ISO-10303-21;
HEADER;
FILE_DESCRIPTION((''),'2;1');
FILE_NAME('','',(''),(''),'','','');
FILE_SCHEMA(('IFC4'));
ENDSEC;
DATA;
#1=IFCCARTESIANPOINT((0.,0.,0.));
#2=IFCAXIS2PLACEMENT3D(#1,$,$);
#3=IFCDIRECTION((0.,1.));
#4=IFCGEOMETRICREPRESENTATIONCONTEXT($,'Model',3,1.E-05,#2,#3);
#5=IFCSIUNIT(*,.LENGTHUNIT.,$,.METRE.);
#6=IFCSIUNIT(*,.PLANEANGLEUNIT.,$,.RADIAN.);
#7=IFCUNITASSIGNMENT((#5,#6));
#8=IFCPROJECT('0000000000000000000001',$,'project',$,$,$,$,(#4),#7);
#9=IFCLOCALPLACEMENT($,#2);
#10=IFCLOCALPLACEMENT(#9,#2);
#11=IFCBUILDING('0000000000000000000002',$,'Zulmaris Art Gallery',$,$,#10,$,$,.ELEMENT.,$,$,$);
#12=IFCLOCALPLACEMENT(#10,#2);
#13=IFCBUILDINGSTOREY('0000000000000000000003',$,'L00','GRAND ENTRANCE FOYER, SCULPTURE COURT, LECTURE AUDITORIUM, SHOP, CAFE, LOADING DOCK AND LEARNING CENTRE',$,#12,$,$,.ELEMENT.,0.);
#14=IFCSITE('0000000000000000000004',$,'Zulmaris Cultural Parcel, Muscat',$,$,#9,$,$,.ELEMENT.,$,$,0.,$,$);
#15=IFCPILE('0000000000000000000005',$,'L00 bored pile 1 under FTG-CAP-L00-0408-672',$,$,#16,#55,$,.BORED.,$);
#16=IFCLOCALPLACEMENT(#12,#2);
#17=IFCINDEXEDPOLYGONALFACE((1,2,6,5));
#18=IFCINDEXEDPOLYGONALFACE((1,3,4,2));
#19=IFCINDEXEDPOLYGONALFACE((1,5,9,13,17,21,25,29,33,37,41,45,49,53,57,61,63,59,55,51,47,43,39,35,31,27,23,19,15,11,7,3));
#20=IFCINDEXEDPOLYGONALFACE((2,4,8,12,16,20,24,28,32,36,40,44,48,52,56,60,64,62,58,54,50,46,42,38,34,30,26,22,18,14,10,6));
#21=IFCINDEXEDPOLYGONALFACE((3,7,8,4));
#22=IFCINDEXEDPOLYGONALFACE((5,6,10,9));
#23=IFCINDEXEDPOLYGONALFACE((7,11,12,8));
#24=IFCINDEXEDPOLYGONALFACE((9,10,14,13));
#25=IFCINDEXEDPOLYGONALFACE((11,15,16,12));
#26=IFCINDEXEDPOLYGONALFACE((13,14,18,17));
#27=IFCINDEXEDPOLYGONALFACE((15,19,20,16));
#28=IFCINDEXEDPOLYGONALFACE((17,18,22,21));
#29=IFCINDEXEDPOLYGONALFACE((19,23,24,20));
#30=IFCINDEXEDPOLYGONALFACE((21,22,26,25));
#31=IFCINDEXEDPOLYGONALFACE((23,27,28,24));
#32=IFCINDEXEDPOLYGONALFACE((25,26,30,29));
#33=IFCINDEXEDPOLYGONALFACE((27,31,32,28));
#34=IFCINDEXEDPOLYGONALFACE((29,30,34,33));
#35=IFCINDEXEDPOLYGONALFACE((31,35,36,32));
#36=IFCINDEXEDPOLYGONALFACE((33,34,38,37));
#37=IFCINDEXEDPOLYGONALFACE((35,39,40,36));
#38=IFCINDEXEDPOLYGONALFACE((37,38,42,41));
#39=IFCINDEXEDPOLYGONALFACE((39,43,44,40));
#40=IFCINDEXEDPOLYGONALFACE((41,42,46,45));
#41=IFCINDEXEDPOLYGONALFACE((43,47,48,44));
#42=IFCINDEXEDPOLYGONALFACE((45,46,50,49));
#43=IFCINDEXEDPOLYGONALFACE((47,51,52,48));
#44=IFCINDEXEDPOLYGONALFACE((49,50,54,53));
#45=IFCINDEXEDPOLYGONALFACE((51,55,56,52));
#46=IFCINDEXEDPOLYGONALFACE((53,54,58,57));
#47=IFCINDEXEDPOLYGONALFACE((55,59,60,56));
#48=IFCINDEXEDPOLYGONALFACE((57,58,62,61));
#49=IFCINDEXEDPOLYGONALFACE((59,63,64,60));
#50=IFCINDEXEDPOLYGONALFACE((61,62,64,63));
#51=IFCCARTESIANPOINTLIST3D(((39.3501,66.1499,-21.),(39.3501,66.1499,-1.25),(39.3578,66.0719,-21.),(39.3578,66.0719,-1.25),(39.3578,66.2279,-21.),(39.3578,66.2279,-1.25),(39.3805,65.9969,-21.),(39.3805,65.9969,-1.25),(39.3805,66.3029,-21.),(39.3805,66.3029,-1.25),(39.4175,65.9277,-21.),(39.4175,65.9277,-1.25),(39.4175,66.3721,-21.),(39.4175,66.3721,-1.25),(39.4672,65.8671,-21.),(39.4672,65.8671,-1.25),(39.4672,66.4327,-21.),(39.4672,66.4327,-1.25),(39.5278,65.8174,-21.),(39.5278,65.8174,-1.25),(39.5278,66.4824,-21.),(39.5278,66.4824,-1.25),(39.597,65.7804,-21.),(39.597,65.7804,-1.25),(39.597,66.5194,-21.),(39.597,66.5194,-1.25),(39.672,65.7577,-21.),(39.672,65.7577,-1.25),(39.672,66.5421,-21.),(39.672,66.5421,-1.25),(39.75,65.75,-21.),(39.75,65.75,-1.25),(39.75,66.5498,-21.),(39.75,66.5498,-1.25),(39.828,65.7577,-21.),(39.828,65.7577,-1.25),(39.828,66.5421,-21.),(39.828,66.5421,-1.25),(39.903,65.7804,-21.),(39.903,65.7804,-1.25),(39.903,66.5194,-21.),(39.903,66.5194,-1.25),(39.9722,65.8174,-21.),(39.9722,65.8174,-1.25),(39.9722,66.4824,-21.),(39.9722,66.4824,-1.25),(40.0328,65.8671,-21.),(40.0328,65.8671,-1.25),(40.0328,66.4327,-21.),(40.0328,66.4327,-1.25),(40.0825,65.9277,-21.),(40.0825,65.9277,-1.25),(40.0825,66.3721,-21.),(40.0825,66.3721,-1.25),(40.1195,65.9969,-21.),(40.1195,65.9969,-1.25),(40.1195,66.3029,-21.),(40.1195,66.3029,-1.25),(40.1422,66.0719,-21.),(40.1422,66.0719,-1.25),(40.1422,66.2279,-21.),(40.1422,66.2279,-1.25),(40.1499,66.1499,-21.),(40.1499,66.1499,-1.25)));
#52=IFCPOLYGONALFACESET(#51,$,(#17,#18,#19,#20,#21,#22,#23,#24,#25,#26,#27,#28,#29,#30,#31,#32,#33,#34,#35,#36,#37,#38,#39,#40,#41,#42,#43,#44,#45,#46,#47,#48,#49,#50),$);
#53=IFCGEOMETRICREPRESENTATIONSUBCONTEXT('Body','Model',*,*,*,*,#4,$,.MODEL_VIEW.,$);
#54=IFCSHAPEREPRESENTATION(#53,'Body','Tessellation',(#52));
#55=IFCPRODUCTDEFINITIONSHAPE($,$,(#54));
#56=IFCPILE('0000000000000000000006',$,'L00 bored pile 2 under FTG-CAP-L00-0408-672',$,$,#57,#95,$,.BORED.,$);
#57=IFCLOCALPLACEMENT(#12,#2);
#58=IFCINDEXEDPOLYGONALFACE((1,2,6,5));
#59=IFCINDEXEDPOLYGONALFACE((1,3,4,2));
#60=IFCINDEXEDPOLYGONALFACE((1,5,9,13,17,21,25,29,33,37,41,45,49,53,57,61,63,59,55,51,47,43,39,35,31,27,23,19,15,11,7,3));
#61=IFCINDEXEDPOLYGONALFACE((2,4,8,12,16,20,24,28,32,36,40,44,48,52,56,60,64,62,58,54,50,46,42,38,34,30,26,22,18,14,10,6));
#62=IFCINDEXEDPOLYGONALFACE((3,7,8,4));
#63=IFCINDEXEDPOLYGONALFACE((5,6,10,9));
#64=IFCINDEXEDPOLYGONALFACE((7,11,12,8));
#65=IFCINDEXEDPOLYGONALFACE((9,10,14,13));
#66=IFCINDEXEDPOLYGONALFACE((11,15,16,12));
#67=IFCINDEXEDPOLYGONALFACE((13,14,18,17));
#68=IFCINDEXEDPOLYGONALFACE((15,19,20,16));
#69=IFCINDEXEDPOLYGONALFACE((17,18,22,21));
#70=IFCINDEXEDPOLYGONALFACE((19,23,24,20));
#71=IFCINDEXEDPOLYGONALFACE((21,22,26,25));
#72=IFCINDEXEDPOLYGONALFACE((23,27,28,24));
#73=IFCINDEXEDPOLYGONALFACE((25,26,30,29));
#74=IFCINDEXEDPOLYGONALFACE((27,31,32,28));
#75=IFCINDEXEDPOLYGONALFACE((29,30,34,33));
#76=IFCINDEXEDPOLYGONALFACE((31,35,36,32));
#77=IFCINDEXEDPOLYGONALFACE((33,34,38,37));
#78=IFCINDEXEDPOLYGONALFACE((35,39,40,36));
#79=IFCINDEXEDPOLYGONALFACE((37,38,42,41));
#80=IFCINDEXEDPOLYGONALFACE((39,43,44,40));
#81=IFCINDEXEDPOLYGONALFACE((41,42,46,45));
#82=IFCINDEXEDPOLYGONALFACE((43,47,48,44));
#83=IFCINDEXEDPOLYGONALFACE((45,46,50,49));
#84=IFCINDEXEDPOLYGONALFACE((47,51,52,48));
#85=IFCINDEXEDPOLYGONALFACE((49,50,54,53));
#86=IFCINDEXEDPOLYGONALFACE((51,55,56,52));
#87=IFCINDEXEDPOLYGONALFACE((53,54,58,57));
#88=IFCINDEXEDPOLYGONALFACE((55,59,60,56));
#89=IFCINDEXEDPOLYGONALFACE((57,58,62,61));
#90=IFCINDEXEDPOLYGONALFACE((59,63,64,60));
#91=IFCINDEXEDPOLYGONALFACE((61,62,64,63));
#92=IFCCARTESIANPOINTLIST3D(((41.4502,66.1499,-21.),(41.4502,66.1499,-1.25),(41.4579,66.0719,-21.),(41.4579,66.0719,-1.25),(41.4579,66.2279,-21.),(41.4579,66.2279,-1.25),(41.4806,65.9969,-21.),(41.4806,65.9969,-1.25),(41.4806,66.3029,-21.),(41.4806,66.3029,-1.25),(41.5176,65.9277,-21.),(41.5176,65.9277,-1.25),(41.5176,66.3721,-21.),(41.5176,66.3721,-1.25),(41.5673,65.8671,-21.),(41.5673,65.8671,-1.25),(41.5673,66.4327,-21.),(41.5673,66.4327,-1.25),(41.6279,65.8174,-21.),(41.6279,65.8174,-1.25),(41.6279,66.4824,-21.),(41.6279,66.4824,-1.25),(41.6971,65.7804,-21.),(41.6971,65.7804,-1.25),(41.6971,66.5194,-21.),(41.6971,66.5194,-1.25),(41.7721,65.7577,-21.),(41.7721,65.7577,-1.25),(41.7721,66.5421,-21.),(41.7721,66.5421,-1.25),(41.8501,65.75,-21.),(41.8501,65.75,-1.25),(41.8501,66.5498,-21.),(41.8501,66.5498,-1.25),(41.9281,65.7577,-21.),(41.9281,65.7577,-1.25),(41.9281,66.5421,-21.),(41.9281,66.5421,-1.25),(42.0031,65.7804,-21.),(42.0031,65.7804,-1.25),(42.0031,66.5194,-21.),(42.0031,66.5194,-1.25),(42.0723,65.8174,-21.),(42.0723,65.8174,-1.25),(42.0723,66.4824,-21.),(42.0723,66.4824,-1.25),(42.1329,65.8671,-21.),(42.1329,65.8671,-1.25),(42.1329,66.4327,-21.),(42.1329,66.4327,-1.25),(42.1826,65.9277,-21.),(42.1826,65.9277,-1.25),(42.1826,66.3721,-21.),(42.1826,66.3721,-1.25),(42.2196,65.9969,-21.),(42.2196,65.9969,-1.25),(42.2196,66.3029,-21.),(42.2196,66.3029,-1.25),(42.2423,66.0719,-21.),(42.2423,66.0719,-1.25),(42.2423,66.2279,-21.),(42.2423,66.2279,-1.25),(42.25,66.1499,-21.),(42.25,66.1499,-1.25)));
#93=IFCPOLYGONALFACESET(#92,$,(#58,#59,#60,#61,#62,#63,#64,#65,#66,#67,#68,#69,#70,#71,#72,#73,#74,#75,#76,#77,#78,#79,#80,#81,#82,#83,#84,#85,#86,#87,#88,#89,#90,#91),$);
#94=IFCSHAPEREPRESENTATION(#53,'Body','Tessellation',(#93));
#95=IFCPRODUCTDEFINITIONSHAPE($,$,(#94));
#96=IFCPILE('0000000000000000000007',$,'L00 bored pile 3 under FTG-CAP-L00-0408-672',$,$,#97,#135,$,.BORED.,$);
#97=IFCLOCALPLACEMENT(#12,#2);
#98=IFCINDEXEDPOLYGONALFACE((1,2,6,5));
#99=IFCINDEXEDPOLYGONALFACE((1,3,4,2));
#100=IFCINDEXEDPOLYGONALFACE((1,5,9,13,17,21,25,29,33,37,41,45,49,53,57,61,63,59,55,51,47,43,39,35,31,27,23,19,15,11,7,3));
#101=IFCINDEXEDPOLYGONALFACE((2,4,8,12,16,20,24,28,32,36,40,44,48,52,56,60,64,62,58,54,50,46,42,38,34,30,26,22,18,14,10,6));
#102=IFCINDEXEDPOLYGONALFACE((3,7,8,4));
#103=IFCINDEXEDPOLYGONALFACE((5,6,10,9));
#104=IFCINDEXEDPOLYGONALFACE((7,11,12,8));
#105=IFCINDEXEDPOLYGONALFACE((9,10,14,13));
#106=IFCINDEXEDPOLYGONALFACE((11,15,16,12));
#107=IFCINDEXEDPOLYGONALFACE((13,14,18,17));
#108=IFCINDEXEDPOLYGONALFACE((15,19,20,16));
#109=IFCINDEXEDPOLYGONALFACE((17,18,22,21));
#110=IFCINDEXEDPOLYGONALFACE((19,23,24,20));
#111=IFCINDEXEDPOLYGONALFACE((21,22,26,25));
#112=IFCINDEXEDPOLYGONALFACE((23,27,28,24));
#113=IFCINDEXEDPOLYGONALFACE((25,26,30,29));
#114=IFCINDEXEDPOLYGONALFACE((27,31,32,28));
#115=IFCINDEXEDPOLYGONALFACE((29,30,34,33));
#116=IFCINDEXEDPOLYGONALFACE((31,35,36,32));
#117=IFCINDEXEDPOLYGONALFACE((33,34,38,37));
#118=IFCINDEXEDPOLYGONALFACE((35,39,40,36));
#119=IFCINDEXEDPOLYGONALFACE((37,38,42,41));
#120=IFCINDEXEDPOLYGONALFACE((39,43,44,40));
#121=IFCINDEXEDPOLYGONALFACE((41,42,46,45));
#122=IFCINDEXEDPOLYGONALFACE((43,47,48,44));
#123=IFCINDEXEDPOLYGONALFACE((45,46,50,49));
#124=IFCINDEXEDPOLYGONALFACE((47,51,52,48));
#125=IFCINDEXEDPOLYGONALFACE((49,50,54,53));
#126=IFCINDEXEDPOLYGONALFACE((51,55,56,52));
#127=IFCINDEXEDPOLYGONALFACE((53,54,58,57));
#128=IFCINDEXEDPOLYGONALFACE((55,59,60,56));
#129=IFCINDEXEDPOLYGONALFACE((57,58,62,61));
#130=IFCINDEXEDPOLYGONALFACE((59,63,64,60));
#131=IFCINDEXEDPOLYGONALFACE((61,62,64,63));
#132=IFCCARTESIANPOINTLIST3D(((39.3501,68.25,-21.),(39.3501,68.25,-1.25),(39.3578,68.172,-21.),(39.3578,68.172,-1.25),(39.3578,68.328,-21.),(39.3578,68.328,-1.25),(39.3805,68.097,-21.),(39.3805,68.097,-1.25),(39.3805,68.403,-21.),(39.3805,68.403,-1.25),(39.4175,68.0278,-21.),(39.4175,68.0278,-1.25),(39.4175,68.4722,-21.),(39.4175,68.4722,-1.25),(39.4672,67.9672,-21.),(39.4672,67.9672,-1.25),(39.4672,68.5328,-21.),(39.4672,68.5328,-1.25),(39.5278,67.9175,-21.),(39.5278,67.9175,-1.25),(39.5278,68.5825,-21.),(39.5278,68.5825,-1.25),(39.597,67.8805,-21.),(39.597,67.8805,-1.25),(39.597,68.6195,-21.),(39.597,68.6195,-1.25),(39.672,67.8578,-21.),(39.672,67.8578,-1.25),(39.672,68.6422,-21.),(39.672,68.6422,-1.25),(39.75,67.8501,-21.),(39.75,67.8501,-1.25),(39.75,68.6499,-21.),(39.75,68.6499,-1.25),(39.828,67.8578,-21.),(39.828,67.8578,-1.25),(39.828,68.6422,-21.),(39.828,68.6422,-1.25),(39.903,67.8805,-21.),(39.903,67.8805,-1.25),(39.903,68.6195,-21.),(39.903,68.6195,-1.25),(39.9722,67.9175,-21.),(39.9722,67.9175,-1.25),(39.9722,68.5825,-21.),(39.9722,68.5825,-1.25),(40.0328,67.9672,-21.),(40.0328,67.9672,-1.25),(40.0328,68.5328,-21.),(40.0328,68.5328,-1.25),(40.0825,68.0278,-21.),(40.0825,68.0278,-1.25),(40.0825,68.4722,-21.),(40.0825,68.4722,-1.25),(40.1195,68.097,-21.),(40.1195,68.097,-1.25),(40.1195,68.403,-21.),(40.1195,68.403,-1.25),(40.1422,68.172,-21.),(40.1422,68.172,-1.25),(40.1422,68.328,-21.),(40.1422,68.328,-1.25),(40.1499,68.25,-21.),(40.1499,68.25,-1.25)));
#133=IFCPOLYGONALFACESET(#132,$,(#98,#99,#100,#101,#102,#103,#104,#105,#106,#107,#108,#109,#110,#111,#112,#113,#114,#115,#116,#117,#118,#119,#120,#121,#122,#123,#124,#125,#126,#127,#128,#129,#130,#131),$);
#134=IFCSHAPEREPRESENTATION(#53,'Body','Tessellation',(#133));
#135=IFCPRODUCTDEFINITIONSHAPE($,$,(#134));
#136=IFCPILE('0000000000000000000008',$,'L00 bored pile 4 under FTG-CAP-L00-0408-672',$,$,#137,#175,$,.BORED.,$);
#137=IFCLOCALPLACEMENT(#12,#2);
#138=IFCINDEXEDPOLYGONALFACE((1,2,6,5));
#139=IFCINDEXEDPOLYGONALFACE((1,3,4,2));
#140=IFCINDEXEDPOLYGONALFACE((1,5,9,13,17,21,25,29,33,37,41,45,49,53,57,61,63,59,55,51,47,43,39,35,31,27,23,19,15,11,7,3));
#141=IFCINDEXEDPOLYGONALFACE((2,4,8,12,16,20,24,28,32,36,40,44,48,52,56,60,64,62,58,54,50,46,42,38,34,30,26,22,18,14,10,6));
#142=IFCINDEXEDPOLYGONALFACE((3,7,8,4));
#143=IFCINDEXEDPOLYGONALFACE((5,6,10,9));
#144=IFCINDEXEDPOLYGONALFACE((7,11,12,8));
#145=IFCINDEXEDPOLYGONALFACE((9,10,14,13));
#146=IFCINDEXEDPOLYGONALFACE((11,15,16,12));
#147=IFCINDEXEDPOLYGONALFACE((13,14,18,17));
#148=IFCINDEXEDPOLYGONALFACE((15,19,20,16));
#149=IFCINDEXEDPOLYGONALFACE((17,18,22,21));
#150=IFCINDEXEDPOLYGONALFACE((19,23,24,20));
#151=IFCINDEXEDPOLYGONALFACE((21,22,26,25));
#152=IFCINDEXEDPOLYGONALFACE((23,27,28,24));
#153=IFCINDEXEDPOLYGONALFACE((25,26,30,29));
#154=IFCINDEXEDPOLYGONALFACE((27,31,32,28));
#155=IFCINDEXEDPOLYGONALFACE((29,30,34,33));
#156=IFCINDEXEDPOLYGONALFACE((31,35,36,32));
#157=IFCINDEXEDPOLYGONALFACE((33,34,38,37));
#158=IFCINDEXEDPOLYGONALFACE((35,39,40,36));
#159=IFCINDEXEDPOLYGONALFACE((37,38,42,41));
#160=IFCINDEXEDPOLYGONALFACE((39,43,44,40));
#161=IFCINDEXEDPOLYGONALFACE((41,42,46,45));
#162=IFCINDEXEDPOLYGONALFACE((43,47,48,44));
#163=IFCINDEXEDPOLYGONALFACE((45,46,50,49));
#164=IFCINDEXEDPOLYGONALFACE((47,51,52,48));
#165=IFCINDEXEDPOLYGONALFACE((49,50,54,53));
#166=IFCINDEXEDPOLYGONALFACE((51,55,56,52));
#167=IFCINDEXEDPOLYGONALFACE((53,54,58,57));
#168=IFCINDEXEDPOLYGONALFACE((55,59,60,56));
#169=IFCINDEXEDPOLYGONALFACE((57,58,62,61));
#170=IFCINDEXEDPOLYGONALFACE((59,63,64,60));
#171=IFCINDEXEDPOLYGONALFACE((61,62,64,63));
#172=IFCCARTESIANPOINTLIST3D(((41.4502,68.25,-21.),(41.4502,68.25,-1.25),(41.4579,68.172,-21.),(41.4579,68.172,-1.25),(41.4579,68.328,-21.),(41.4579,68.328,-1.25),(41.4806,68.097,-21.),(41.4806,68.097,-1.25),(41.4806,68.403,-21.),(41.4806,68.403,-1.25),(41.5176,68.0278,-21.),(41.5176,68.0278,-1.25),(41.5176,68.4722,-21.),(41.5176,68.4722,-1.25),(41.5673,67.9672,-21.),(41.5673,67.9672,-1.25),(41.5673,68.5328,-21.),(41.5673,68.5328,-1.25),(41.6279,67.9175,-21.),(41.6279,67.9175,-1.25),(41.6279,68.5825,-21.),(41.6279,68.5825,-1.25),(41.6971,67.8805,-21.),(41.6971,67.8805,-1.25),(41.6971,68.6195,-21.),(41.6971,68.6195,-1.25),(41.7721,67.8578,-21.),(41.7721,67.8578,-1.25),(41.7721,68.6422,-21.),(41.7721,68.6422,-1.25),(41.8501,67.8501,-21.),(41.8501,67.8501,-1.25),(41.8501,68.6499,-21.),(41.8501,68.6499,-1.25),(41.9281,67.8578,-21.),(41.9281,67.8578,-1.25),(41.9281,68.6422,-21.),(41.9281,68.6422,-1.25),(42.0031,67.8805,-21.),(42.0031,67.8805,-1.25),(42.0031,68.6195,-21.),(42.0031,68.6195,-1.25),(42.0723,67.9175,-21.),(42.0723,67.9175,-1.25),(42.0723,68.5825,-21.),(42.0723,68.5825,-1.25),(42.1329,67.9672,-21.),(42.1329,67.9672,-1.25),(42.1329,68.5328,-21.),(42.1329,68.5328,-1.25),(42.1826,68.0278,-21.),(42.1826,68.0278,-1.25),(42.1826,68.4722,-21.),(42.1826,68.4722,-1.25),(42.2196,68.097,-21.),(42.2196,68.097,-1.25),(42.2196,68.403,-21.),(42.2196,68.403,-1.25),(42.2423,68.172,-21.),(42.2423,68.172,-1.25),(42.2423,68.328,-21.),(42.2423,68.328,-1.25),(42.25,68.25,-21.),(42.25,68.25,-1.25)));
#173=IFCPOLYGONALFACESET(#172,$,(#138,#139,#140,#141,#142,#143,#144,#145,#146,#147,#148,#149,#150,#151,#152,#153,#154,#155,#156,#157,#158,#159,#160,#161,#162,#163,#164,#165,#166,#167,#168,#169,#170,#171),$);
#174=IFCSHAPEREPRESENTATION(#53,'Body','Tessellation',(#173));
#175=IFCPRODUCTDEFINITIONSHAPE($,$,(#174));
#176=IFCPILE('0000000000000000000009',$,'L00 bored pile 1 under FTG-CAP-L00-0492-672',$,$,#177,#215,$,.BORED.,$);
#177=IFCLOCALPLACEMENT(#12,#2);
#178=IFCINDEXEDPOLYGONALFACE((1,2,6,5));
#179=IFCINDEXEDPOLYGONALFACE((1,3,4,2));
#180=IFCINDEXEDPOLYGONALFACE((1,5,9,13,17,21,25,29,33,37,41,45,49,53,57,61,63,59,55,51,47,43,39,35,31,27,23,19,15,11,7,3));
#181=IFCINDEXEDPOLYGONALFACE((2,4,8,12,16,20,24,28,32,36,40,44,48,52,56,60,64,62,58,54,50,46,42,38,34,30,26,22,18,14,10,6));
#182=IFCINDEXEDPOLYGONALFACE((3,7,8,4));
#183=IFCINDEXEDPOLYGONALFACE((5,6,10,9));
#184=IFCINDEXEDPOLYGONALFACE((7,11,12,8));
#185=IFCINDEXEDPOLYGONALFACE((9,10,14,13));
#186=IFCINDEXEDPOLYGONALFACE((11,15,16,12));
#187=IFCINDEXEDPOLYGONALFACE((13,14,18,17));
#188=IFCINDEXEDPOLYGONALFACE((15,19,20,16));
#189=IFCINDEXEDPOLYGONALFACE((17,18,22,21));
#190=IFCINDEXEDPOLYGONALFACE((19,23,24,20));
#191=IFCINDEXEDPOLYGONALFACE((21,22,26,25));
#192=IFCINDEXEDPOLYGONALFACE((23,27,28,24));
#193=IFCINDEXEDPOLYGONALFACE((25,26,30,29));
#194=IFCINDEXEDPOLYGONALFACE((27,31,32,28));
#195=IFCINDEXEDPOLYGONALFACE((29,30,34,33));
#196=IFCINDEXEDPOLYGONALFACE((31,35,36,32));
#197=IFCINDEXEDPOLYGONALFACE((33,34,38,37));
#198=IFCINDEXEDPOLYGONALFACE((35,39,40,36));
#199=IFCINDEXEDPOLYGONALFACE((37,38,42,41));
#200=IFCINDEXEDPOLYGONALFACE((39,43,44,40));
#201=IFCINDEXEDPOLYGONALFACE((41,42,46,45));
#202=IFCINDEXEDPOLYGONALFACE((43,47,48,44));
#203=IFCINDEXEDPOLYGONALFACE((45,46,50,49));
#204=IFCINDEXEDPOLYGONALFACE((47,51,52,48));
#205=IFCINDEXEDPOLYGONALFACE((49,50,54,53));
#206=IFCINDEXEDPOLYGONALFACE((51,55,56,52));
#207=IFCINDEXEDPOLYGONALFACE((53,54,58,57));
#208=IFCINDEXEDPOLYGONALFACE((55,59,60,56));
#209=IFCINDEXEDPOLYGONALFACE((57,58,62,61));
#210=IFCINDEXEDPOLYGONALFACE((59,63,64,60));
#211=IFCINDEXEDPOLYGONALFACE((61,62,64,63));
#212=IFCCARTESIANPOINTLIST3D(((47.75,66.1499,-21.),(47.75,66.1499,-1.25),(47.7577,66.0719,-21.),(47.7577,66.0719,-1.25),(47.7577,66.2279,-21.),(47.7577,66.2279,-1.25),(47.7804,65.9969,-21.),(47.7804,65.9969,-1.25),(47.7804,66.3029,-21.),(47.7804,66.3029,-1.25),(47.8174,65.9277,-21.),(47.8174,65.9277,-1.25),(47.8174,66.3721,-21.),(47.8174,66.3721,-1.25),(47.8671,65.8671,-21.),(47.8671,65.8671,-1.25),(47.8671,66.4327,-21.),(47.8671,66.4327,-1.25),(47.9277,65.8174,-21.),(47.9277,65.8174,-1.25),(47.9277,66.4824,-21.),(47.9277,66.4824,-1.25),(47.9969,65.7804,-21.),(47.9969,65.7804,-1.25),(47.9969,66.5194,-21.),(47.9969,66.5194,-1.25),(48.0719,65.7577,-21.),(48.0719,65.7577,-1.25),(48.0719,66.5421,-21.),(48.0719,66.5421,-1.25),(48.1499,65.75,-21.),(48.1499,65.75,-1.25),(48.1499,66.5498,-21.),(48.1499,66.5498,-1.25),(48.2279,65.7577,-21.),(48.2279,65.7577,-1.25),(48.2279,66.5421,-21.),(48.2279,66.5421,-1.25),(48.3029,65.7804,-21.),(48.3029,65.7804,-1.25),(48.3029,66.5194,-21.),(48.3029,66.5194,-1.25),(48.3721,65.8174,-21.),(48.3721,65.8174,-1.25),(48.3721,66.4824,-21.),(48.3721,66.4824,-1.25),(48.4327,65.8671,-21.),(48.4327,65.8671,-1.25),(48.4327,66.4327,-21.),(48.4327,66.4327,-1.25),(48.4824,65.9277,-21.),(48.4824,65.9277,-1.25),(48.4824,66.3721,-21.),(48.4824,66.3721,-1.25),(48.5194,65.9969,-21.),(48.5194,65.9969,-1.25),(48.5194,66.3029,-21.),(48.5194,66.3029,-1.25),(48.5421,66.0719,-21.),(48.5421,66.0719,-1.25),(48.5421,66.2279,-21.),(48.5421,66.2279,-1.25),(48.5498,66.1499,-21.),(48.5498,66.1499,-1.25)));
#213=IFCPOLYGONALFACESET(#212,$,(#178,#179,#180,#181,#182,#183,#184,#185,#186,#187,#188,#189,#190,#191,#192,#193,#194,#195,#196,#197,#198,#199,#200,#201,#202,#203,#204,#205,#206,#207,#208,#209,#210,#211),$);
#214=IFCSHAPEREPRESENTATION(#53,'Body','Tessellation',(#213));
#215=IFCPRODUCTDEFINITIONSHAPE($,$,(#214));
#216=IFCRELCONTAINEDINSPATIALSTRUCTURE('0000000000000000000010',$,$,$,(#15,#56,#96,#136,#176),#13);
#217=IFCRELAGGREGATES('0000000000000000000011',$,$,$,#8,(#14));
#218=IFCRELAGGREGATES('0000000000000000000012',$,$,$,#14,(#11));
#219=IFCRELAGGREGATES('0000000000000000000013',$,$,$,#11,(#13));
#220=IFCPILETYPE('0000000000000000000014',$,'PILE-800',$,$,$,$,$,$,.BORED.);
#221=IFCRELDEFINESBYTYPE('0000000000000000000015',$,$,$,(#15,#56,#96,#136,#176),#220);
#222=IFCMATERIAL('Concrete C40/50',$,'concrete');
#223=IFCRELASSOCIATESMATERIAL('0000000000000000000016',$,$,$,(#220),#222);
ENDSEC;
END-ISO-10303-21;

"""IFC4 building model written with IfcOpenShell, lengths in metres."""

from ifc_helpers import new_model, si_unit, direction, frame, origin, origin_2d, place, context, subcontext, project, spatial, circle, extrude, material, material_profile, profile_set, type_object, element, save


model = new_model("IFC4")

# Units and contexts
model_context = context("Model", 3, precision=1e-05, world=origin(), true_north=direction((0.0, 1.0)))
body_context = subcontext(model_context, "Body", "Model", "MODEL_VIEW")
ifc_project = project(units=[si_unit("LENGTHUNIT", "METRE"), si_unit("PLANEANGLEUNIT", "RADIAN")], contexts=[model_context])

# Site, building, storey
site_placement = place(None, origin())
site = spatial("IfcSite", under=ifc_project, at=site_placement, Name="Zulmaris Cultural Parcel, Muscat", CompositionType="ELEMENT", RefElevation=0.0)
building_placement = place(site_placement, origin())
building = spatial("IfcBuilding", under=site, at=building_placement, Name="Zulmaris Art Gallery", CompositionType="ELEMENT")
storey_placement = place(building_placement, origin())
storey = spatial("IfcBuildingStorey", under=building, at=storey_placement, Name="L00", Description="GRAND ENTRANCE FOYER, SCULPTURE COURT, LECTURE AUDITORIUM, SHOP, CAFE, LOADING DOCK AND LEARNING CENTRE", CompositionType="ELEMENT", Elevation=0.0)

# Piles
ifc_material_1 = material(Name="Concrete C40/50", Category="concrete")
ifc_material_profile_1 = material_profile(ifc_material_1, circle(Radius=0.3999, at=origin_2d()), Name="PILE DIA 800")
ifc_profile_set_1 = profile_set([ifc_material_profile_1], Name="Concrete C40/50")
pile_type = type_object("IfcPileType", Name="PILE-800", PredefinedType="BORED", material=ifc_profile_set_1)
for number, where, z_axis, x_axis, name in (
    (1, (39.75, 66.1499, -1.25), (0.0, 0.0, -1.0), (1.0, 0.0, 0.0), "L00 bored pile 1 under FTG-CAP-L00-0408-672"),
    (2, (41.8501, 66.1499, -1.25), (0.0, 0.0, -1.0), (1.0, 0.0, 0.0), "L00 bored pile 2 under FTG-CAP-L00-0408-672"),
    (3, (39.75, 68.25, -1.25), (0.0, 0.0, -1.0), (1.0, 0.0, 0.0), "L00 bored pile 3 under FTG-CAP-L00-0408-672"),
    (4, (41.8501, 68.25, -1.25), (0.0, 0.0, -1.0), (1.0, 0.0, 0.0), "L00 bored pile 4 under FTG-CAP-L00-0408-672"),
    (5, (48.1499, 66.1499, -1.25), (0.0, 0.0, -1.0), (1.0, 0.0, 0.0), "L00 bored pile 1 under FTG-CAP-L00-0492-672"),
):
    element("IfcPile", number, at=place(storey_placement, frame(where, z_axis=z_axis, x_axis=x_axis)), inside=storey, type_object=pile_type, Name=name, PredefinedType="BORED", context=body_context, shape_type="SweptSolid", body=[
        extrude(circle(Radius=0.3999, at=origin_2d()), origin(), (0.0, 0.0, 1.0), 19.75),
    ])

save(model, "model.ifc")
